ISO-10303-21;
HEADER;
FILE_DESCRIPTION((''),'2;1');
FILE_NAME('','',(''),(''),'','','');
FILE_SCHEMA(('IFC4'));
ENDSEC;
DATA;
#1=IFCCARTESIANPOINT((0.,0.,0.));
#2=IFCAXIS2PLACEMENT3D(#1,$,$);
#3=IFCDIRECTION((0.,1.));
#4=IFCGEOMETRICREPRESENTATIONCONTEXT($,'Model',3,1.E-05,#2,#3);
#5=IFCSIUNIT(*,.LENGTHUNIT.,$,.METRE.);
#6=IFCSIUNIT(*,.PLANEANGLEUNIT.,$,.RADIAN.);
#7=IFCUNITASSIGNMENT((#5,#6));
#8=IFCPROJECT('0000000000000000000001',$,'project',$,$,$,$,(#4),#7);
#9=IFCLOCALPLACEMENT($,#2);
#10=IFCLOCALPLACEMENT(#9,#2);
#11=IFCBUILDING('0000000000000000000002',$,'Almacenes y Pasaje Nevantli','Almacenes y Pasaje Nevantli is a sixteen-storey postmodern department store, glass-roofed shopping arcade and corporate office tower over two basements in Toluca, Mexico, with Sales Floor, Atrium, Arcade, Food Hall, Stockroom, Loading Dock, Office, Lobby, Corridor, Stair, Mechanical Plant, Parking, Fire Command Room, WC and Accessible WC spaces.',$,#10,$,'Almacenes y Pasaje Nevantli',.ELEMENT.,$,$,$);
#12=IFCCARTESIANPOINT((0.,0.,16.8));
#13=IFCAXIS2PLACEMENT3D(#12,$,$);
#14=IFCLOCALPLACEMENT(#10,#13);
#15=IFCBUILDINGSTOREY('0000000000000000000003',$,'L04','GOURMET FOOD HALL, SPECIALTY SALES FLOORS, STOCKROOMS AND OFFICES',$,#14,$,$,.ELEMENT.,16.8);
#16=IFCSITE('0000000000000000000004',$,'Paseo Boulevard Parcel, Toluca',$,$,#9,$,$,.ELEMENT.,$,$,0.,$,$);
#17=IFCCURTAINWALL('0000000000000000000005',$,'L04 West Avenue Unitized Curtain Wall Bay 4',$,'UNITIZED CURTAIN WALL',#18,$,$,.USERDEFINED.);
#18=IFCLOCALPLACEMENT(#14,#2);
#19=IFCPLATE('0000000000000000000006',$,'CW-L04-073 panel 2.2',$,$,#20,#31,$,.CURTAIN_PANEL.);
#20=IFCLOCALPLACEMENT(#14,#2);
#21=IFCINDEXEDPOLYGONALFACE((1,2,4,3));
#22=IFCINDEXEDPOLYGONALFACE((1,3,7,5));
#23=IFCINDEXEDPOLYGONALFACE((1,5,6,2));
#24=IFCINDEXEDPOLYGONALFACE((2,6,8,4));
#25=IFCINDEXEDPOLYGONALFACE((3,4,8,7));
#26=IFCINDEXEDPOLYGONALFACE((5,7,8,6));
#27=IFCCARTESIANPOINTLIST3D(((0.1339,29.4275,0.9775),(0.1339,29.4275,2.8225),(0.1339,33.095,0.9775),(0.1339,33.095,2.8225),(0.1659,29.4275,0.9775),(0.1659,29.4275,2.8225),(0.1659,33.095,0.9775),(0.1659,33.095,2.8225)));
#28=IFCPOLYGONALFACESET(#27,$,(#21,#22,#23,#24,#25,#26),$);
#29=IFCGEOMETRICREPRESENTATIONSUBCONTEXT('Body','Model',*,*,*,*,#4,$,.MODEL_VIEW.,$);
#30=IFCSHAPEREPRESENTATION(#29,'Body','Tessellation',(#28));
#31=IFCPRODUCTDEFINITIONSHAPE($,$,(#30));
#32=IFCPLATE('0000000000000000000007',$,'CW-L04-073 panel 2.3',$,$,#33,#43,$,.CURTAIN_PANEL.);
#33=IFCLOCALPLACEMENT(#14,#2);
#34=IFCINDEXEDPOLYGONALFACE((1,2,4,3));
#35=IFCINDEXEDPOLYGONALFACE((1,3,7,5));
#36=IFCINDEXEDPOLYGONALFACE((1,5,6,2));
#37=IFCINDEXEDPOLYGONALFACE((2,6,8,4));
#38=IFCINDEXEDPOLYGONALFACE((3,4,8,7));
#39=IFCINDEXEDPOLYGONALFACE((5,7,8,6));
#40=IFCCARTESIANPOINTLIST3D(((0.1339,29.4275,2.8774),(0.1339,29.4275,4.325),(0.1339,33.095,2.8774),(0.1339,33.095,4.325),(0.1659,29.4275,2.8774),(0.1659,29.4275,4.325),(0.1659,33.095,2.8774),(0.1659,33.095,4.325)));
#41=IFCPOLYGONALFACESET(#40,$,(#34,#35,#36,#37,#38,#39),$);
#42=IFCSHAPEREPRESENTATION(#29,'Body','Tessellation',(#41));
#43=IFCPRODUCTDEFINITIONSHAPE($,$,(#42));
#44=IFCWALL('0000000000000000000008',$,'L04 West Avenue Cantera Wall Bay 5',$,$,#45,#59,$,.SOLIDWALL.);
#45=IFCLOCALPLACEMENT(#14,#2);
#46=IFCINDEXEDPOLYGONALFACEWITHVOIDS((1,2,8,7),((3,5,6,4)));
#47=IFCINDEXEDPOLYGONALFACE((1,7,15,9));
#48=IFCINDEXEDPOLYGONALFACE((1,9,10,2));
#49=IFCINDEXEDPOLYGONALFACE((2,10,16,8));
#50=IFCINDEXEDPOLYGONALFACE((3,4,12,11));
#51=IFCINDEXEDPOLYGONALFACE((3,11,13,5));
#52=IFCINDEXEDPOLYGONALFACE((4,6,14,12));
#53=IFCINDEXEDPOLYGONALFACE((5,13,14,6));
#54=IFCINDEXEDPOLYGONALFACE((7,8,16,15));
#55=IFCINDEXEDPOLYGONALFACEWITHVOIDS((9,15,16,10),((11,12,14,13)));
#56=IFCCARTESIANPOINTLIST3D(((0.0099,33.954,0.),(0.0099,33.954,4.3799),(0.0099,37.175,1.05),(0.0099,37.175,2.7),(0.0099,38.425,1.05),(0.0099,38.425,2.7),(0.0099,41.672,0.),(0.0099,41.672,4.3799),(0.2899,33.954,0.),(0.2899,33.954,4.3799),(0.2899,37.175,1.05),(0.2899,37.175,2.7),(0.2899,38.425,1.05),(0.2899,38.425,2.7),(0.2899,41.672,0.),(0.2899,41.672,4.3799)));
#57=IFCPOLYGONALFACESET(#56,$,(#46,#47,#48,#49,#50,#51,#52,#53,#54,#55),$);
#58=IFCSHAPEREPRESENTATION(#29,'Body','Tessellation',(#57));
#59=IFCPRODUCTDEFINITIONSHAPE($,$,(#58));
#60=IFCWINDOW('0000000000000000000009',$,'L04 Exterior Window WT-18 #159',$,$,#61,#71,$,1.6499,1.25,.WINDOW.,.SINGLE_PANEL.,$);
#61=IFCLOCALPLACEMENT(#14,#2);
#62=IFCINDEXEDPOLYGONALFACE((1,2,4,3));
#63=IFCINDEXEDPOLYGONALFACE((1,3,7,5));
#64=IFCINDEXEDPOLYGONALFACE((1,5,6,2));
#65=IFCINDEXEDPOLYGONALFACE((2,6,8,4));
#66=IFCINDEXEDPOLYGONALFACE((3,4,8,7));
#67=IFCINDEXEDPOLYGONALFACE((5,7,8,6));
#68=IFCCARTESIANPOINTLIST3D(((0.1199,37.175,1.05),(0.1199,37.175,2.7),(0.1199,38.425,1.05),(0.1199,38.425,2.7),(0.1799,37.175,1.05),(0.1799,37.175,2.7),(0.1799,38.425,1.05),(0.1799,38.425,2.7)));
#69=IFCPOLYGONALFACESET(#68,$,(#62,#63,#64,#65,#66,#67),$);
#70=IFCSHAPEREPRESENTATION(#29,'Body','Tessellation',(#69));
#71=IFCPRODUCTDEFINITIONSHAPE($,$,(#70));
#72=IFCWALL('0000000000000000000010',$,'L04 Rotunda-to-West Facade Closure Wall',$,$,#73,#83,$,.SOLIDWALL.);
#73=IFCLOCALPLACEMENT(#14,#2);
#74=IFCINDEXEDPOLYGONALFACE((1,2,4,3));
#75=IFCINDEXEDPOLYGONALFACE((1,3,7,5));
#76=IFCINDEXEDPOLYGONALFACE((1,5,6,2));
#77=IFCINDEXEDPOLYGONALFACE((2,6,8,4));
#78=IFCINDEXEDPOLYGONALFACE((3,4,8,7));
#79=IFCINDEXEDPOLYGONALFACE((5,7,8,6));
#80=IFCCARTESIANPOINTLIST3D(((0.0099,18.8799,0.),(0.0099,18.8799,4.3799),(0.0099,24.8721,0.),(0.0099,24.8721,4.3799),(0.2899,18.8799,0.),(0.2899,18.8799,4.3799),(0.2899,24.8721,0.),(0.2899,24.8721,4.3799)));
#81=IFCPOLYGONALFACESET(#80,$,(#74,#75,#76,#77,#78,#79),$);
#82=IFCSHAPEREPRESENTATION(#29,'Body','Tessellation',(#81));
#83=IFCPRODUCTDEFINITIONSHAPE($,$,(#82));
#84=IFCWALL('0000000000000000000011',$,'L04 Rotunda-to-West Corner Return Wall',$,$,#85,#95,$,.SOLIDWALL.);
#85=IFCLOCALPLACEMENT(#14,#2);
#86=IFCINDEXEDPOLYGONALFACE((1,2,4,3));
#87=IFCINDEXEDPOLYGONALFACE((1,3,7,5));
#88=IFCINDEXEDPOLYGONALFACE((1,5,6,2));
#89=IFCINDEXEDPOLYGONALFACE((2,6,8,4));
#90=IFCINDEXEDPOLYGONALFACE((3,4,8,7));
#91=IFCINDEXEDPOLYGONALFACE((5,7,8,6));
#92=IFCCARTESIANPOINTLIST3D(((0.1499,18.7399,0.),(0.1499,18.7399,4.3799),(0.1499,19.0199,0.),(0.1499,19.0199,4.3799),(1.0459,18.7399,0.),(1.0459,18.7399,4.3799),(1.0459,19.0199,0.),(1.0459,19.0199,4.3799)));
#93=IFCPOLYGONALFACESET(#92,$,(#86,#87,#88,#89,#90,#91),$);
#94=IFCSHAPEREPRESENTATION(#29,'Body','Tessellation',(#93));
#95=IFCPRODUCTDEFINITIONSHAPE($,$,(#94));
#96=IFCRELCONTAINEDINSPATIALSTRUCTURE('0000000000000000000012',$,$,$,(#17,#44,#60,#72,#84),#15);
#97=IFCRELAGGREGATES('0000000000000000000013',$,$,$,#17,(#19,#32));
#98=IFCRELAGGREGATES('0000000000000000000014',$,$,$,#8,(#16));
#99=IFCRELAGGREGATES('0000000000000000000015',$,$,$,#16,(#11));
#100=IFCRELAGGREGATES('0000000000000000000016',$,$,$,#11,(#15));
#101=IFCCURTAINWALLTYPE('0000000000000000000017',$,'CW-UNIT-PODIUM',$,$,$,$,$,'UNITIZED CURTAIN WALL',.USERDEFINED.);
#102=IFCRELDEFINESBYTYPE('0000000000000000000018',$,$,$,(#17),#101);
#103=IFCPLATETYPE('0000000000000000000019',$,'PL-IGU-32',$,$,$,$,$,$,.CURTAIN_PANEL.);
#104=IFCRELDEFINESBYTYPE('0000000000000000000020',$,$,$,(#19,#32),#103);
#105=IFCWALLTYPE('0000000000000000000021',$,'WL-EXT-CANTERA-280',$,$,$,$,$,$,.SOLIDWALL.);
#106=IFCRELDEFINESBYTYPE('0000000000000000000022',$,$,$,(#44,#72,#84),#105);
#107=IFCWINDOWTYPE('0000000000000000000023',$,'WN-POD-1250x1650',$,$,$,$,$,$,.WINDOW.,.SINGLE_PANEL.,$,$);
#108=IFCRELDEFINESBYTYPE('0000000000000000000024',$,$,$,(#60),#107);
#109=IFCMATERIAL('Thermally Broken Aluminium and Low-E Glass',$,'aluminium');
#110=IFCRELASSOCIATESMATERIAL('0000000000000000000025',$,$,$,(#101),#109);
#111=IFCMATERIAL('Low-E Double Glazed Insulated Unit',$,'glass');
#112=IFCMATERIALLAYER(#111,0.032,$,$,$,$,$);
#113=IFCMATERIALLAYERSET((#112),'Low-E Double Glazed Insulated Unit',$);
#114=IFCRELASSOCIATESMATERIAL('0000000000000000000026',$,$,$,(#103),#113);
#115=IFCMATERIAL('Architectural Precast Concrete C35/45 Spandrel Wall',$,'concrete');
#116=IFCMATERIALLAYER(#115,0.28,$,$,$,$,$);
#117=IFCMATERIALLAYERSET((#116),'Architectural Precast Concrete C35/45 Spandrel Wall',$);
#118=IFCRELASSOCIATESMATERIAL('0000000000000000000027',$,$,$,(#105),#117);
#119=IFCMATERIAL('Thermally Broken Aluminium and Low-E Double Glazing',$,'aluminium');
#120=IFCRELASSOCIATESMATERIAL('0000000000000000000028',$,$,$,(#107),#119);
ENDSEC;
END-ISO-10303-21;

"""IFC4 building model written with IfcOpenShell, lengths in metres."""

from ifc_helpers import new_model, si_unit, direction, frame, frame_2d, origin, origin_2d, place, context, subcontext, project, spatial, rectangle, extrude, material, layer, layer_set, type_object, element, fill, aggregate, save


model = new_model("IFC4")

# Units and contexts
model_context = context("Model", 3, precision=1e-05, world=origin(), true_north=direction((0.0, 1.0)))
body_context = subcontext(model_context, "Body", "Model", "MODEL_VIEW")
ifc_project = project(units=[si_unit("LENGTHUNIT", "METRE"), si_unit("PLANEANGLEUNIT", "RADIAN")], contexts=[model_context])

# Site, building, storey
site_placement = place(None, origin())
site = spatial("IfcSite", under=ifc_project, at=site_placement, Name="Paseo Boulevard Parcel, Toluca", CompositionType="ELEMENT", RefElevation=0.0)
building_placement = place(site_placement, origin())
building = spatial("IfcBuilding", under=site, at=building_placement, Name="Almacenes y Pasaje Nevantli", Description="Almacenes y Pasaje Nevantli is a sixteen-storey postmodern department store, glass-roofed shopping arcade and corporate office tower over two basements in Toluca, Mexico, with Sales Floor, Atrium, Arcade, Food Hall, Stockroom, Loading Dock, Office, Lobby, Corridor, Stair, Mechanical Plant, Parking, Fire Command Room, WC and Accessible WC spaces.", LongName="Almacenes y Pasaje Nevantli", CompositionType="ELEMENT")
storey_placement = place(building_placement, frame((0.0, 0.0, 16.8)))
storey = spatial("IfcBuildingStorey", under=building, at=storey_placement, Name="L04", Description="GOURMET FOOD HALL, SPECIALTY SALES FLOORS, STOCKROOMS AND OFFICES", CompositionType="ELEMENT", Elevation=16.8)

# Curtain wall, plates
ifc_material_1 = material(Name="Thermally Broken Aluminium and Low-E Glass", Category="aluminium")
curtain_wall_type = type_object("IfcCurtainWallType", Name="CW-UNIT-PODIUM", ElementType="UNITIZED CURTAIN WALL", PredefinedType="USERDEFINED", material=ifc_material_1)
curtain_wall_placement = place(storey_placement, origin())
curtain_wall = element("IfcCurtainWall", 1, at=curtain_wall_placement, inside=storey, type_object=curtain_wall_type, Name="L04 West Avenue Unitized Curtain Wall Bay 4", ObjectType="UNITIZED CURTAIN WALL", PredefinedType="USERDEFINED")
ifc_material_2 = material(Name="Low-E Double Glazed Insulated Unit", Category="glass")
ifc_layer_1 = layer(ifc_material_2, 0.032)
ifc_layer_set_1 = layer_set([ifc_layer_1], Name="Low-E Double Glazed Insulated Unit")
plate_type = type_object("IfcPlateType", Name="PL-IGU-32", PredefinedType="CURTAIN_PANEL", material=ifc_layer_set_1)
plate_1_placement = place(storey_placement, frame((0.1499, 31.2612, 0.9775), z_axis=(0.0, 0.0, 1.0), x_axis=(0.0, 1.0, 0.0)))
plate_1 = element("IfcPlate", 2, at=plate_1_placement, type_object=plate_type, Name="CW-L04-073 panel 2.2", PredefinedType="CURTAIN_PANEL", context=body_context, shape_type="SweptSolid", body=[
    extrude(rectangle(XDim=3.6675, YDim=0.032, at=origin_2d()), origin(), (0.0, 0.0, 1.0), 1.845),
])
plate_2_placement = place(storey_placement, frame((0.1499, 31.2612, 2.8774), z_axis=(0.0, 0.0, 1.0), x_axis=(0.0, 1.0, 0.0)))
plate_2 = element("IfcPlate", 3, at=plate_2_placement, type_object=plate_type, Name="CW-L04-073 panel 2.3", PredefinedType="CURTAIN_PANEL", context=body_context, shape_type="SweptSolid", body=[
    extrude(rectangle(XDim=3.6675, YDim=0.032, at=origin_2d()), origin(), (0.0, 0.0, 1.0), 1.4475),
])
aggregate(curtain_wall, [plate_1, plate_2])

# Wall, opening, window
ifc_material_3 = material(Name="Architectural Precast Concrete C35/45 Spandrel Wall", Category="concrete")
ifc_layer_2 = layer(ifc_material_3, 0.28)
ifc_layer_set_2 = layer_set([ifc_layer_2], Name="Architectural Precast Concrete C35/45 Spandrel Wall")
wall_type = type_object("IfcWallType", Name="WL-EXT-CANTERA-280", PredefinedType="SOLIDWALL", material=ifc_layer_set_2)
wall_1_placement = place(storey_placement, frame((0.1499, 33.9541, 0.0), z_axis=(0.0, 0.0, 1.0), x_axis=(0.0, 1.0, 0.0)))
wall_1 = element("IfcWall", 4, at=wall_1_placement, inside=storey, type_object=wall_type, Name="L04 West Avenue Cantera Wall Bay 5", PredefinedType="SOLIDWALL", context=body_context, shape_type="SweptSolid", body=[
    extrude(rectangle(XDim=7.718, YDim=0.28, at=frame_2d((3.8589, 0.0))), origin(), (0.0, 0.0, 1.0), 4.3799),
])
opening_placement = place(wall_1_placement, frame((3.2209, 0.0, 1.05)))
opening = element("IfcOpeningElement", 5, at=opening_placement, cuts=wall_1, PredefinedType="OPENING", context=body_context, shape_type="SweptSolid", body=[
    extrude(rectangle(XDim=1.25, YDim=1.6499, at=frame_2d((0.625, 0.825))), frame((0.0, 0.1499, 0.0), z_axis=(0.0, -1.0, 0.0), x_axis=(1.0, 0.0, 0.0)), (0.0, 0.0, 1.0), 0.3),
])
ifc_material_4 = material(Name="Thermally Broken Aluminium and Low-E Double Glazing", Category="aluminium")
window_type = type_object("IfcWindowType", Name="WN-POD-1250x1650", PartitioningType="SINGLE_PANEL", PredefinedType="WINDOW", material=ifc_material_4)
window_placement = place(opening_placement, origin())
window = element("IfcWindow", 6, at=window_placement, inside=storey, type_object=window_type, Name="L04 Exterior Window WT-18 #159", OverallHeight=1.6499, OverallWidth=1.25, PartitioningType="SINGLE_PANEL", PredefinedType="WINDOW", context=body_context, shape_type="SweptSolid", body=[
    extrude(rectangle(XDim=1.25, YDim=1.6499, at=frame_2d((0.625, 0.825))), frame((0.0, 0.03, 0.0), z_axis=(0.0, -1.0, 0.0), x_axis=(1.0, 0.0, 0.0)), (0.0, 0.0, 1.0), 0.0601),
])
fill(opening, window)

# Walls
wall_2_placement = place(storey_placement, frame((0.1499, 18.8799, 0.0), z_axis=(0.0, 0.0, 1.0), x_axis=(0.0, 1.0, 0.0)))
element("IfcWall", 7, at=wall_2_placement, inside=storey, type_object=wall_type, Name="L04 Rotunda-to-West Facade Closure Wall", PredefinedType="SOLIDWALL", context=body_context, shape_type="SweptSolid", body=[
    extrude(rectangle(XDim=5.9922, YDim=0.28, at=frame_2d((2.9961, 0.0))), origin(), (0.0, 0.0, 1.0), 4.3799),
])
wall_3_placement = place(storey_placement, frame((0.1499, 18.8799, 0.0), z_axis=(0.0, 0.0, 1.0), x_axis=(1.0, 0.0, 0.0)))
element("IfcWall", 8, at=wall_3_placement, inside=storey, type_object=wall_type, Name="L04 Rotunda-to-West Corner Return Wall", PredefinedType="SOLIDWALL", context=body_context, shape_type="SweptSolid", body=[
    extrude(rectangle(XDim=0.896, YDim=0.28, at=frame_2d((0.448, 0.0))), origin(), (0.0, 0.0, 1.0), 4.3799),
])

save(model, "model.ifc")
